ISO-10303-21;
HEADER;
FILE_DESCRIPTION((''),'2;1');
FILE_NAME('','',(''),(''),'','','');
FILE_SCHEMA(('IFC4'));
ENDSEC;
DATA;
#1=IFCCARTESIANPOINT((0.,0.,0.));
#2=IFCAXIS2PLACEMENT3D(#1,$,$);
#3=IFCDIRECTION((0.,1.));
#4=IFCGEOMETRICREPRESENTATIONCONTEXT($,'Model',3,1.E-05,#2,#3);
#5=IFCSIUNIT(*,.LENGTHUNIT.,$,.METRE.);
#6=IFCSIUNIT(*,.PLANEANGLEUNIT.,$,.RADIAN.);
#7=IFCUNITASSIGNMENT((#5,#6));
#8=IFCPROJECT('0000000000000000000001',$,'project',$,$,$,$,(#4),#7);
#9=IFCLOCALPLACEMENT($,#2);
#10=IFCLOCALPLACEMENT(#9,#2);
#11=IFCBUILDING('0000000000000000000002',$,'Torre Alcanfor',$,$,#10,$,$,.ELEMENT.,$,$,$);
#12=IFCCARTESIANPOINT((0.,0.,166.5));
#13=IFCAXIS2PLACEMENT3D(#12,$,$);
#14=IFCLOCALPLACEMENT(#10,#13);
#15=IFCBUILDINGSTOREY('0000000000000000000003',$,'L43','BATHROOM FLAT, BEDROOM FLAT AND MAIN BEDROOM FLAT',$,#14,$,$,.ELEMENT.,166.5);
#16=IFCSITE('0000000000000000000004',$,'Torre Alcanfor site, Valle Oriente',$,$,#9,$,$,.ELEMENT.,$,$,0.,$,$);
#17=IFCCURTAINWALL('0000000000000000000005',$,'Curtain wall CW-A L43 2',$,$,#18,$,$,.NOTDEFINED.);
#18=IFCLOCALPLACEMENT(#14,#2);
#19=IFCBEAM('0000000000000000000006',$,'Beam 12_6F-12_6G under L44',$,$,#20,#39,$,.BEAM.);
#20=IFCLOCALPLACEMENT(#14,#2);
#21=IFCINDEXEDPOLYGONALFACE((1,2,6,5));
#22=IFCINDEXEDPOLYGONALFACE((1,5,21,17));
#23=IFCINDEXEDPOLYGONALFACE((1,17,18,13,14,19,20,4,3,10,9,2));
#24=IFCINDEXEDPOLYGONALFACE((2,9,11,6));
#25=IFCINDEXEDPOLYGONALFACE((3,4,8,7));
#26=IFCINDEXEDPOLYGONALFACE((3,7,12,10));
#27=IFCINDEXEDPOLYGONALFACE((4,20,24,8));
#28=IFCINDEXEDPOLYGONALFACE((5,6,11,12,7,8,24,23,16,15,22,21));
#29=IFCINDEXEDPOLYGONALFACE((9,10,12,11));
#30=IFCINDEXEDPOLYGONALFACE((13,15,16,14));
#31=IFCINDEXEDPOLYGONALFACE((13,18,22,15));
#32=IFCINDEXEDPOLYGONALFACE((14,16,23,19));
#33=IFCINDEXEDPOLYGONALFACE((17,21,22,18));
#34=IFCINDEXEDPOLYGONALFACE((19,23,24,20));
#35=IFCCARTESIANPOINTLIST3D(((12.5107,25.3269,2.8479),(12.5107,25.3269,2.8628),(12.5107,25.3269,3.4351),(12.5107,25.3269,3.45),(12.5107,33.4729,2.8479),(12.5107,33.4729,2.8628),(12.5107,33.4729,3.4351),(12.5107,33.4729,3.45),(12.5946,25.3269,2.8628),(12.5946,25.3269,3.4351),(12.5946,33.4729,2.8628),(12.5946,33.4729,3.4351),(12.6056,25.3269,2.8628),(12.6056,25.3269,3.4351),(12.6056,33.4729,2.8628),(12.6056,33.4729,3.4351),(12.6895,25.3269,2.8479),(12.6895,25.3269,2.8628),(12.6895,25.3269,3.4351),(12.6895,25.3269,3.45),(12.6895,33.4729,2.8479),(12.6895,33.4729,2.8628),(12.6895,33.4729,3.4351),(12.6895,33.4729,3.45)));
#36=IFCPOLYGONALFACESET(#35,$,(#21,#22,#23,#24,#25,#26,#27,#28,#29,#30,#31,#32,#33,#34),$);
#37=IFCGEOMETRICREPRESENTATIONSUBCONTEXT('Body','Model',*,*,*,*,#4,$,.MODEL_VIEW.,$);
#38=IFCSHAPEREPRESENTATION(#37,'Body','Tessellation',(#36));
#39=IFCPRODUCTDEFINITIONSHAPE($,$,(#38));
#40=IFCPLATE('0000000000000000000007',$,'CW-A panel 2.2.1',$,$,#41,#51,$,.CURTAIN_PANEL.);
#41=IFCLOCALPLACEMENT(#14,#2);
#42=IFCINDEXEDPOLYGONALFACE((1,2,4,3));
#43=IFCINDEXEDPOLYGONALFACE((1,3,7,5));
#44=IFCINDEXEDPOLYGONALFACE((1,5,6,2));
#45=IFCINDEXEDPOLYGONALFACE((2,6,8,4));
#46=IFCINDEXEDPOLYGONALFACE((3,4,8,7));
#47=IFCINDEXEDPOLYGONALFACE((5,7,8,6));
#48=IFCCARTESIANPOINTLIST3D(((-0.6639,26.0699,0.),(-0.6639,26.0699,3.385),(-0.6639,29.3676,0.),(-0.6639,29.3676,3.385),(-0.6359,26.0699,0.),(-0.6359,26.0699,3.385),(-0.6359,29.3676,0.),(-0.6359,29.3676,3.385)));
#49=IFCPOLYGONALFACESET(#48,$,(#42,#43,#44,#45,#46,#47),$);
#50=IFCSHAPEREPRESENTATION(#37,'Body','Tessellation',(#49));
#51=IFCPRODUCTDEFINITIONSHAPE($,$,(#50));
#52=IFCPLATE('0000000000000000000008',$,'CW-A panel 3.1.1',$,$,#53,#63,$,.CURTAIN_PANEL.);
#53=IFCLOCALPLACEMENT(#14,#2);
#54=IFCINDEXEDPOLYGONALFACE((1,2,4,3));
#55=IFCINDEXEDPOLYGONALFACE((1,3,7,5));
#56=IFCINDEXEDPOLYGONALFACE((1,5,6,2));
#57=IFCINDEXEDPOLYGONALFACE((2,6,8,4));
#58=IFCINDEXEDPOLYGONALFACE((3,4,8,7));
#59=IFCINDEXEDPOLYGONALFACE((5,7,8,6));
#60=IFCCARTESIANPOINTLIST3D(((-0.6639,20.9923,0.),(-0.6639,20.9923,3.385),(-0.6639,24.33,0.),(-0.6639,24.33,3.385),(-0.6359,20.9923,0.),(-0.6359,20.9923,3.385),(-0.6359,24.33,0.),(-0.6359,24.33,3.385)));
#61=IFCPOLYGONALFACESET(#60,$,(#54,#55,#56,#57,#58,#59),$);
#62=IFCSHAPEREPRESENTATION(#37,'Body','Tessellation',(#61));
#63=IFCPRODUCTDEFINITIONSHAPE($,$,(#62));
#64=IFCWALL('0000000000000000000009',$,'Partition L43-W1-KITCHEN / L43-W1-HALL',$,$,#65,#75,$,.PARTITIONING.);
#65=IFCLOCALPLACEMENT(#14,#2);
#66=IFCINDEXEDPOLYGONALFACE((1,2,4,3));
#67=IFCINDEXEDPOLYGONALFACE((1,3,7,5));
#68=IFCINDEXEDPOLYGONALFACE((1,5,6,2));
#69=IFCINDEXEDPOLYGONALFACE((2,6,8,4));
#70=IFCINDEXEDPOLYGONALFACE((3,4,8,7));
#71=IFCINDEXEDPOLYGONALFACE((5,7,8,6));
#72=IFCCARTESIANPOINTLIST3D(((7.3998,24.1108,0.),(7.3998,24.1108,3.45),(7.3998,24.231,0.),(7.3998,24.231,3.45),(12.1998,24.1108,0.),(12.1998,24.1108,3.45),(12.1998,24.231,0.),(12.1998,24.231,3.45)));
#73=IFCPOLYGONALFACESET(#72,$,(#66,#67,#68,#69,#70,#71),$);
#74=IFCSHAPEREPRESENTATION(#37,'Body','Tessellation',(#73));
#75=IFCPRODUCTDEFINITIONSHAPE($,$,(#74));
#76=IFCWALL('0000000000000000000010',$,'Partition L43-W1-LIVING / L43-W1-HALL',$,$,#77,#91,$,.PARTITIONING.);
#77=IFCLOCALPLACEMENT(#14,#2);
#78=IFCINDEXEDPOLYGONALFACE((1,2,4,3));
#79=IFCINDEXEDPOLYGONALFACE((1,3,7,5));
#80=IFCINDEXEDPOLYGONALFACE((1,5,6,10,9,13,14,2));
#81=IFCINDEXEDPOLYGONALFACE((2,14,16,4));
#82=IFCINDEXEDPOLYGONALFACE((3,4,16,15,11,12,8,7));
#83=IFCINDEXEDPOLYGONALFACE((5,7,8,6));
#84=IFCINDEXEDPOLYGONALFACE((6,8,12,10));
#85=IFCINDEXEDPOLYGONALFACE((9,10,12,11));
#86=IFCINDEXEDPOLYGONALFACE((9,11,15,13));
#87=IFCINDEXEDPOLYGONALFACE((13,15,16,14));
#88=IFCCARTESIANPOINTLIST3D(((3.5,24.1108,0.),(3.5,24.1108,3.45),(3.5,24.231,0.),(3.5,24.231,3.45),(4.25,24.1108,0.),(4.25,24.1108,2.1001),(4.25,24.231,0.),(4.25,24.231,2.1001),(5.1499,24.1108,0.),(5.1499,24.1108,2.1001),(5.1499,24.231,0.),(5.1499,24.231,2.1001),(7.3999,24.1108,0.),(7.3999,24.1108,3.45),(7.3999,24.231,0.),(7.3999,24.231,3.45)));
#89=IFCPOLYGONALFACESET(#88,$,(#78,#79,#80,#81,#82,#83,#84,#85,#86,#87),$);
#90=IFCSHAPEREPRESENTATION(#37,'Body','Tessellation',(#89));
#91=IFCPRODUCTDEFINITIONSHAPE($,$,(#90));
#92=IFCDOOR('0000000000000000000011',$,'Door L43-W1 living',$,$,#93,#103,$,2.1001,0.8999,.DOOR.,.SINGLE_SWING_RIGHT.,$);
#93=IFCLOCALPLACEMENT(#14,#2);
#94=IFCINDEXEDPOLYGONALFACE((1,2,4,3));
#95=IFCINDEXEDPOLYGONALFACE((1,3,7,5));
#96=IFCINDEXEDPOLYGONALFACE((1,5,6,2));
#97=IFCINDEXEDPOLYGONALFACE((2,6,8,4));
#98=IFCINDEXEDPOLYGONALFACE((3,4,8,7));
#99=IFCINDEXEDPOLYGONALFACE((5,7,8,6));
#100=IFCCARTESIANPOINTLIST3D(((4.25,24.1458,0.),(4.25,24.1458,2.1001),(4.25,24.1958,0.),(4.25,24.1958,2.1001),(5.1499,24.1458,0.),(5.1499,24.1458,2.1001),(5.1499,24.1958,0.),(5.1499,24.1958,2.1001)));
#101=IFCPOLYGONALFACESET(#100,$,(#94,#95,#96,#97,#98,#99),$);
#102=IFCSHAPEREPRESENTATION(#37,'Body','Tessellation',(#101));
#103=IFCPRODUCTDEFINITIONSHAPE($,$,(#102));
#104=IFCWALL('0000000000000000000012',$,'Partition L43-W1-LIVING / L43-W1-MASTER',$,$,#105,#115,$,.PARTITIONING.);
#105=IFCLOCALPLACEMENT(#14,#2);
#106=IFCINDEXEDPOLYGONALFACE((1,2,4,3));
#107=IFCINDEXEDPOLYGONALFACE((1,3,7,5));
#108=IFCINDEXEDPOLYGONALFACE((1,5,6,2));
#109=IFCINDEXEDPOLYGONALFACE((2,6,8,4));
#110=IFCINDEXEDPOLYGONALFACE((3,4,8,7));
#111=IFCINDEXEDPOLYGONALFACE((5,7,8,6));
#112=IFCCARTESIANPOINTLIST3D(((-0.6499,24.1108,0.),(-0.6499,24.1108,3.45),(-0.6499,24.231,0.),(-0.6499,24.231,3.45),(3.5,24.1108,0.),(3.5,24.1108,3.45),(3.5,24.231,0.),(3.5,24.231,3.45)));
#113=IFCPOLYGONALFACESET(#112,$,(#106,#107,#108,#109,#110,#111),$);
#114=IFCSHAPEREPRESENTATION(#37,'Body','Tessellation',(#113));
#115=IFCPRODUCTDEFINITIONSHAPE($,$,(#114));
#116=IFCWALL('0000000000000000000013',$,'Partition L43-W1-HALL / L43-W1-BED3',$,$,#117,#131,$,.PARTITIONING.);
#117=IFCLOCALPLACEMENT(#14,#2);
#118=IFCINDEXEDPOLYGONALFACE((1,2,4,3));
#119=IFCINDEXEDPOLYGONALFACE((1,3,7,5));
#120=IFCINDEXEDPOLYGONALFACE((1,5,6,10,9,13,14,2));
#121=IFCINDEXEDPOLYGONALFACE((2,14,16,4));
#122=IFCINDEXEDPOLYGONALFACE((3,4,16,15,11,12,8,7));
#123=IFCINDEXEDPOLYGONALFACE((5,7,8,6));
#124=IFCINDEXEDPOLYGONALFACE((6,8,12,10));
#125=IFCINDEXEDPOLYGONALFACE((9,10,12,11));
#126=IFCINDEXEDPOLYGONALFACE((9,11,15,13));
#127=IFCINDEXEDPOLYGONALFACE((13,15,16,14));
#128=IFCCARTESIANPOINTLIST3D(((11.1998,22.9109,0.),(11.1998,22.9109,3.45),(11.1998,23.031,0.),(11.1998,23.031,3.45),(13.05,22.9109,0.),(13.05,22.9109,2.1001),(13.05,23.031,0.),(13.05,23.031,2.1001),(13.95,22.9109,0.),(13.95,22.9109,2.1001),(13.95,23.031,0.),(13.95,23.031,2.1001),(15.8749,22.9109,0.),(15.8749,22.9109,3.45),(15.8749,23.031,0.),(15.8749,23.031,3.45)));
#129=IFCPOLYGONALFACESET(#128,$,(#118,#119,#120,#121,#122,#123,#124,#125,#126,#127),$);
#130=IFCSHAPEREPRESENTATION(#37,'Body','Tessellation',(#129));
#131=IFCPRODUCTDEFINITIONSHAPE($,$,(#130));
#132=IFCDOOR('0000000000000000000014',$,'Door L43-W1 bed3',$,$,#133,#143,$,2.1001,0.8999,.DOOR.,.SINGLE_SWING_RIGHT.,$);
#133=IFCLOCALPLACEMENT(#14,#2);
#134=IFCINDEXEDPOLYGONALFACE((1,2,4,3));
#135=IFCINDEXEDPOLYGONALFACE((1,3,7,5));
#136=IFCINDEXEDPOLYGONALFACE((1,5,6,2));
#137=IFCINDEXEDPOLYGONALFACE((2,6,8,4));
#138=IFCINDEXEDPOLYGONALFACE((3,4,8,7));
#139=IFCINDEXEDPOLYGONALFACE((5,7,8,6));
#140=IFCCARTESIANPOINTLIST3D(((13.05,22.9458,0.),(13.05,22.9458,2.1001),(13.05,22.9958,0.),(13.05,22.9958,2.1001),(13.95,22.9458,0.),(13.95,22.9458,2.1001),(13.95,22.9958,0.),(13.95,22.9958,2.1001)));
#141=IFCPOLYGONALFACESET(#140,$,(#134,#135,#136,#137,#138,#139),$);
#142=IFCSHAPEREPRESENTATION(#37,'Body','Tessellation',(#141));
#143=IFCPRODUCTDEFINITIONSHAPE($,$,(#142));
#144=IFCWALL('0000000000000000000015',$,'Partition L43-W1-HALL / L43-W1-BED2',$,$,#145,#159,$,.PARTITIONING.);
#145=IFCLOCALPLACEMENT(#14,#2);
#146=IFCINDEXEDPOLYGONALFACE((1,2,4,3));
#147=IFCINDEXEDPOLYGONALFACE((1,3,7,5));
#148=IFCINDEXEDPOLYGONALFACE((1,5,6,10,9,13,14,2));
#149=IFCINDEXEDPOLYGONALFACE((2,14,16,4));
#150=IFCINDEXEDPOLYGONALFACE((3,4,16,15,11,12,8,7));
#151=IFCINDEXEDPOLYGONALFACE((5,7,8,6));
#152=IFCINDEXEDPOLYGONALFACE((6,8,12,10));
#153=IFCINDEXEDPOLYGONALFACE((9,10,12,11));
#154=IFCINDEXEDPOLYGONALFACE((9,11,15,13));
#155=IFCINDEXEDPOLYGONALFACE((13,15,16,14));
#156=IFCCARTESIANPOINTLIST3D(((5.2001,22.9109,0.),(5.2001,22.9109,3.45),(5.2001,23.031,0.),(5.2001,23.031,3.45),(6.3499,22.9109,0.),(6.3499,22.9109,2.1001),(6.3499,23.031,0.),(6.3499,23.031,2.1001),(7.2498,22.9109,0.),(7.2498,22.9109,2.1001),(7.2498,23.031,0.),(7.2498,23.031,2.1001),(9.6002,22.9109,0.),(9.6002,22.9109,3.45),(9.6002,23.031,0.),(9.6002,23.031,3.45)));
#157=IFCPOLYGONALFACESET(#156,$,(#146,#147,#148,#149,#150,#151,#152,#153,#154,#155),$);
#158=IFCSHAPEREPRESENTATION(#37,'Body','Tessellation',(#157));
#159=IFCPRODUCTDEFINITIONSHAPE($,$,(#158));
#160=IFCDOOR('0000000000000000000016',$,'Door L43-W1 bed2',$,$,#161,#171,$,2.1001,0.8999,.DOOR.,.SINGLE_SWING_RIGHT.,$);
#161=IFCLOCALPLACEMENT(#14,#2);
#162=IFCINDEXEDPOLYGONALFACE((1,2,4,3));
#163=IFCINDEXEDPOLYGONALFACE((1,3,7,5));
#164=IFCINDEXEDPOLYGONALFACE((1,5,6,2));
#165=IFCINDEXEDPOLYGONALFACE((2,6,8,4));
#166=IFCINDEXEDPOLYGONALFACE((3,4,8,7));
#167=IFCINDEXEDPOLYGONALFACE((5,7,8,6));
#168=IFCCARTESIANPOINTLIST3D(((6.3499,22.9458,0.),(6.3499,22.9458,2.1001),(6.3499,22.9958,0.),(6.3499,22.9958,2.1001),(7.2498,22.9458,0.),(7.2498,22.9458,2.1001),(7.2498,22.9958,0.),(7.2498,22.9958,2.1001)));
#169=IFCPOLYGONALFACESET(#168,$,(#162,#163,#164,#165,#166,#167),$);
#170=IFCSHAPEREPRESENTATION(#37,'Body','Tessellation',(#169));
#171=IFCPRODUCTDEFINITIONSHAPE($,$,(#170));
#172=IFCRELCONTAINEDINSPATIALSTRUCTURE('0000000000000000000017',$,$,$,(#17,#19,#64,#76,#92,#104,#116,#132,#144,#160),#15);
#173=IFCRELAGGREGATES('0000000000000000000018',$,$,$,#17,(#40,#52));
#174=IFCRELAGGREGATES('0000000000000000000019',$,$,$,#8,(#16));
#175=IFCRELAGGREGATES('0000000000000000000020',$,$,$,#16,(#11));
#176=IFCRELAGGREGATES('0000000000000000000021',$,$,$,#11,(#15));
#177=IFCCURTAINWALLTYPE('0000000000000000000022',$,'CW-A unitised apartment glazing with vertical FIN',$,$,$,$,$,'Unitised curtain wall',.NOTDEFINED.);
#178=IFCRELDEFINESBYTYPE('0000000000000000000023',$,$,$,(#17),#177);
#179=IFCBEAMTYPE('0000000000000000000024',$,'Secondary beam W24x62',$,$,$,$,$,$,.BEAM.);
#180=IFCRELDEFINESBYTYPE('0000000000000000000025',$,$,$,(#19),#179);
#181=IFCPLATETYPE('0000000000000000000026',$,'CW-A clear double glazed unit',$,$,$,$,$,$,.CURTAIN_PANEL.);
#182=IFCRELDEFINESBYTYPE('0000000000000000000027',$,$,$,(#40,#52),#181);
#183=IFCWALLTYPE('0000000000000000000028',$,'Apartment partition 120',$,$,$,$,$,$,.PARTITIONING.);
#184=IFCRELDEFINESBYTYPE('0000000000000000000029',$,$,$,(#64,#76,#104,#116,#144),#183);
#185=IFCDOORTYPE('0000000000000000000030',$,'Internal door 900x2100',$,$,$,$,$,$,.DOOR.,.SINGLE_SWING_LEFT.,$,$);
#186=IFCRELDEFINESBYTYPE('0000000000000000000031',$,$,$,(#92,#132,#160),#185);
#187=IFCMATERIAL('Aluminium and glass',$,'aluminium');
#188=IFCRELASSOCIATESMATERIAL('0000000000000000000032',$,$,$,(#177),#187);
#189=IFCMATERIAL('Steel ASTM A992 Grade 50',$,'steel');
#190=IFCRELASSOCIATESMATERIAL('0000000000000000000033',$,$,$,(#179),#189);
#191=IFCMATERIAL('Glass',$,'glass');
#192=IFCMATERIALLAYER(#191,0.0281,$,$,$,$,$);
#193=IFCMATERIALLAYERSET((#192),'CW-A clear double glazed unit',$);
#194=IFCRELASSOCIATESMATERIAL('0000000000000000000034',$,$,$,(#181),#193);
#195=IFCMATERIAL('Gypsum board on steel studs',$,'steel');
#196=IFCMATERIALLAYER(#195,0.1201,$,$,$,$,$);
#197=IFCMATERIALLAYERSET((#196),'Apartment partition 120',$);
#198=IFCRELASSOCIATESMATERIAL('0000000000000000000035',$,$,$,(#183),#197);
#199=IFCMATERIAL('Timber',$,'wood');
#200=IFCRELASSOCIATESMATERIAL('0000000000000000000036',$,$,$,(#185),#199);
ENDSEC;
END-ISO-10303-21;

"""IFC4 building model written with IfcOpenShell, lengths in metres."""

from ifc_helpers import new_model, si_unit, direction, frame, frame_2d, origin, origin_2d, place, context, subcontext, project, spatial, rectangle, i_section, extrude, material, layer, layer_set, material_profile, profile_set, type_object, element, fill, aggregate, save


model = new_model("IFC4")

# Units and contexts
model_context = context("Model", 3, precision=1e-05, world=origin(), true_north=direction((0.0, 1.0)))
body_context = subcontext(model_context, "Body", "Model", "MODEL_VIEW")
ifc_project = project(units=[si_unit("LENGTHUNIT", "METRE"), si_unit("PLANEANGLEUNIT", "RADIAN")], contexts=[model_context])

# Site, building, storey
site_placement = place(None, origin())
site = spatial("IfcSite", under=ifc_project, at=site_placement, Name="Torre Alcanfor site, Valle Oriente", CompositionType="ELEMENT", RefElevation=0.0)
building_placement = place(site_placement, origin())
building = spatial("IfcBuilding", under=site, at=building_placement, Name="Torre Alcanfor", CompositionType="ELEMENT")
storey_placement = place(building_placement, frame((0.0, 0.0, 166.5)))
storey = spatial("IfcBuildingStorey", under=building, at=storey_placement, Name="L43", Description="BATHROOM FLAT, BEDROOM FLAT AND MAIN BEDROOM FLAT", CompositionType="ELEMENT", Elevation=166.5)

# Curtain wall
ifc_material_1 = material(Name="Aluminium and glass", Category="aluminium")
curtain_wall_type = type_object("IfcCurtainWallType", Name="CW-A unitised apartment glazing with vertical FIN", ElementType="Unitised curtain wall", PredefinedType="NOTDEFINED", material=ifc_material_1)
curtain_wall_placement = place(storey_placement, origin())
curtain_wall = element("IfcCurtainWall", 1, at=curtain_wall_placement, inside=storey, type_object=curtain_wall_type, Name="Curtain wall CW-A L43 2", PredefinedType="NOTDEFINED")

# Beam
ifc_material_2 = material(Name="Steel ASTM A992 Grade 50", Category="steel")
ifc_material_profile_1 = material_profile(ifc_material_2, i_section(OverallWidth=0.1787, OverallDepth=0.6021, WebThickness=0.011, FlangeThickness=0.0149, at=origin_2d()), Name="W24x62")
ifc_profile_set_1 = profile_set([ifc_material_profile_1], Name="Steel ASTM A992 Grade 50")
beam_type_1 = type_object("IfcBeamType", Name="Secondary beam W24x62", PredefinedType="BEAM", material=ifc_profile_set_1)
for number, where, z_axis, x_axis, name in (
    (2, (12.6001, 25.3269, 3.1489), (0.0, 1.0, 0.0), (-1.0, 0.0, 0.0), "Beam 12_6F-12_6G under L44"),
):
    element("IfcBeam", number, at=place(storey_placement, frame(where, z_axis=z_axis, x_axis=x_axis)), inside=storey, type_object=beam_type_1, Name=name, PredefinedType="BEAM", context=body_context, shape_type="SweptSolid", body=[
        extrude(i_section(OverallWidth=0.1787, OverallDepth=0.6021, WebThickness=0.011, FlangeThickness=0.0149, at=origin_2d()), origin(), (0.0, 0.0, 1.0), 8.146),
    ])

# Plates
ifc_material_3 = material(Name="Glass", Category="glass")
ifc_layer_1 = layer(ifc_material_3, 0.0281)
ifc_layer_set_1 = layer_set([ifc_layer_1], Name="CW-A clear double glazed unit")
plate_type = type_object("IfcPlateType", Name="CW-A clear double glazed unit", PredefinedType="CURTAIN_PANEL", material=ifc_layer_set_1)
plate_1_placement = place(storey_placement, frame((-0.6499, 27.7188, 0.0), z_axis=(0.0, 0.0, 1.0), x_axis=(0.0, -1.0, 0.0)))
plate_1 = element("IfcPlate", 3, at=plate_1_placement, type_object=plate_type, Name="CW-A panel 2.2.1", PredefinedType="CURTAIN_PANEL", context=body_context, shape_type="SweptSolid", body=[
    extrude(rectangle(XDim=3.2976, YDim=0.0281, at=origin_2d()), origin(), (0.0, 0.0, 1.0), 3.385),
])
plate_2_placement = place(storey_placement, frame((-0.6499, 22.6611, 0.0), z_axis=(0.0, 0.0, 1.0), x_axis=(0.0, -1.0, 0.0)))
plate_2 = element("IfcPlate", 4, at=plate_2_placement, type_object=plate_type, Name="CW-A panel 3.1.1", PredefinedType="CURTAIN_PANEL", context=body_context, shape_type="SweptSolid", body=[
    extrude(rectangle(XDim=3.3376, YDim=0.0281, at=origin_2d()), origin(), (0.0, 0.0, 1.0), 3.385),
])
aggregate(curtain_wall, [plate_1, plate_2])

# Wall
ifc_material_4 = material(Name="Gypsum board on steel studs", Category="steel")
ifc_layer_2 = layer(ifc_material_4, 0.1201)
ifc_layer_set_2 = layer_set([ifc_layer_2], Name="Apartment partition 120")
wall_type_1 = type_object("IfcWallType", Name="Apartment partition 120", PredefinedType="PARTITIONING", material=ifc_layer_set_2)
wall_1_placement = place(storey_placement, frame((7.3999, 24.1709, 0.0), z_axis=(0.0, 0.0, 1.0), x_axis=(1.0, 0.0, 0.0)))
element("IfcWall", 5, at=wall_1_placement, inside=storey, type_object=wall_type_1, Name="Partition L43-W1-KITCHEN / L43-W1-HALL", PredefinedType="PARTITIONING", context=body_context, shape_type="SweptSolid", body=[
    extrude(rectangle(XDim=4.8, YDim=0.1201, at=frame_2d((2.3999, 0.0))), origin(), (0.0, 0.0, 1.0), 3.45),
])

# Wall, opening, door
wall_2_placement = place(storey_placement, frame((3.5, 24.1709, 0.0), z_axis=(0.0, 0.0, 1.0), x_axis=(1.0, 0.0, 0.0)))
wall_2 = element("IfcWall", 6, at=wall_2_placement, inside=storey, type_object=wall_type_1, Name="Partition L43-W1-LIVING / L43-W1-HALL", PredefinedType="PARTITIONING", context=body_context, shape_type="SweptSolid", body=[
    extrude(rectangle(XDim=3.8999, YDim=0.1201, at=frame_2d((1.95, 0.0))), origin(), (0.0, 0.0, 1.0), 3.45),
])
opening_1_placement = place(wall_2_placement, frame((0.75, 0.0, 0.0)))
opening_1 = element("IfcOpeningElement", 7, at=opening_1_placement, cuts=wall_2, PredefinedType="OPENING", context=body_context, shape_type="SweptSolid", body=[
    extrude(rectangle(XDim=0.8999, YDim=2.1001, at=frame_2d((0.45, 1.05))), frame((0.0, 0.0701, 0.0), z_axis=(0.0, -1.0, 0.0), x_axis=(1.0, 0.0, 0.0)), (0.0, 0.0, 1.0), 0.1401),
])
ifc_material_5 = material(Name="Timber", Category="wood")
door_type_1 = type_object("IfcDoorType", Name="Internal door 900x2100", OperationType="SINGLE_SWING_LEFT", PredefinedType="DOOR", material=ifc_material_5)
door_1_placement = place(opening_1_placement, origin())
door_1 = element("IfcDoor", 8, at=door_1_placement, inside=storey, type_object=door_type_1, Name="Door L43-W1 living", OperationType="SINGLE_SWING_RIGHT", OverallHeight=2.1001, OverallWidth=0.8999, PredefinedType="DOOR", context=body_context, shape_type="SweptSolid", body=[
    extrude(rectangle(XDim=0.8999, YDim=2.1001, at=frame_2d((0.45, 1.05))), frame((0.0, 0.0249, 0.0), z_axis=(0.0, -1.0, 0.0), x_axis=(1.0, 0.0, 0.0)), (0.0, 0.0, 1.0), 0.05),
])
fill(opening_1, door_1)

# Wall
wall_3_placement = place(storey_placement, frame((-0.6499, 24.1709, 0.0), z_axis=(0.0, 0.0, 1.0), x_axis=(1.0, 0.0, 0.0)))
element("IfcWall", 9, at=wall_3_placement, inside=storey, type_object=wall_type_1, Name="Partition L43-W1-LIVING / L43-W1-MASTER", PredefinedType="PARTITIONING", context=body_context, shape_type="SweptSolid", body=[
    extrude(rectangle(XDim=4.1499, YDim=0.1201, at=frame_2d((2.075, 0.0))), origin(), (0.0, 0.0, 1.0), 3.45),
])

# Walls, openings, doors
wall_4_placement = place(storey_placement, frame((11.2, 22.9709, 0.0), z_axis=(0.0, 0.0, 1.0), x_axis=(1.0, 0.0, 0.0)))
wall_4 = element("IfcWall", 10, at=wall_4_placement, inside=storey, type_object=wall_type_1, Name="Partition L43-W1-HALL / L43-W1-BED3", PredefinedType="PARTITIONING", context=body_context, shape_type="SweptSolid", body=[
    extrude(rectangle(XDim=4.675, YDim=0.1201, at=frame_2d((2.3374, 0.0))), origin(), (0.0, 0.0, 1.0), 3.45),
])
opening_2_placement = place(wall_4_placement, frame((1.8501, 0.0, 0.0)))
opening_2 = element("IfcOpeningElement", 11, at=opening_2_placement, cuts=wall_4, PredefinedType="OPENING", context=body_context, shape_type="SweptSolid", body=[
    extrude(rectangle(XDim=0.8999, YDim=2.1001, at=frame_2d((0.45, 1.05))), frame((0.0, 0.0701, 0.0), z_axis=(0.0, -1.0, 0.0), x_axis=(1.0, 0.0, 0.0)), (0.0, 0.0, 1.0), 0.1401),
])
door_2_placement = place(opening_2_placement, frame((0.8999, 0.0, 0.0), z_axis=(0.0, 0.0, 1.0), x_axis=(-1.0, 0.0, 0.0)))
door_2 = element("IfcDoor", 12, at=door_2_placement, inside=storey, type_object=door_type_1, Name="Door L43-W1 bed3", OperationType="SINGLE_SWING_RIGHT", OverallHeight=2.1001, OverallWidth=0.8999, PredefinedType="DOOR", context=body_context, shape_type="SweptSolid", body=[
    extrude(rectangle(XDim=0.8999, YDim=2.1001, at=frame_2d((0.45, 1.05))), frame((0.0, 0.0251, 0.0), z_axis=(0.0, -1.0, 0.0), x_axis=(1.0, 0.0, 0.0)), (0.0, 0.0, 1.0), 0.05),
])
fill(opening_2, door_2)
wall_5_placement = place(storey_placement, frame((5.2, 22.9709, 0.0), z_axis=(0.0, 0.0, 1.0), x_axis=(1.0, 0.0, 0.0)))
wall_5 = element("IfcWall", 13, at=wall_5_placement, inside=storey, type_object=wall_type_1, Name="Partition L43-W1-HALL / L43-W1-BED2", PredefinedType="PARTITIONING", context=body_context, shape_type="SweptSolid", body=[
    extrude(rectangle(XDim=4.4001, YDim=0.1201, at=frame_2d((2.2002, 0.0))), origin(), (0.0, 0.0, 1.0), 3.45),
])
opening_3_placement = place(wall_5_placement, frame((1.1499, 0.0, 0.0)))
opening_3 = element("IfcOpeningElement", 14, at=opening_3_placement, cuts=wall_5, PredefinedType="OPENING", context=body_context, shape_type="SweptSolid", body=[
    extrude(rectangle(XDim=0.8999, YDim=2.1001, at=frame_2d((0.45, 1.05))), frame((0.0, 0.0701, 0.0), z_axis=(0.0, -1.0, 0.0), x_axis=(1.0, 0.0, 0.0)), (0.0, 0.0, 1.0), 0.1401),
])
door_3_placement = place(opening_3_placement, frame((0.8999, 0.0, 0.0), z_axis=(0.0, 0.0, 1.0), x_axis=(-1.0, 0.0, 0.0)))
door_3 = element("IfcDoor", 15, at=door_3_placement, inside=storey, type_object=door_type_1, Name="Door L43-W1 bed2", OperationType="SINGLE_SWING_RIGHT", OverallHeight=2.1001, OverallWidth=0.8999, PredefinedType="DOOR", context=body_context, shape_type="SweptSolid", body=[
    extrude(rectangle(XDim=0.8999, YDim=2.1001, at=frame_2d((0.45, 1.05))), frame((0.0, 0.0251, 0.0), z_axis=(0.0, -1.0, 0.0), x_axis=(1.0, 0.0, 0.0)), (0.0, 0.0, 1.0), 0.05),
])
fill(opening_3, door_3)

save(model, "model.ifc")
